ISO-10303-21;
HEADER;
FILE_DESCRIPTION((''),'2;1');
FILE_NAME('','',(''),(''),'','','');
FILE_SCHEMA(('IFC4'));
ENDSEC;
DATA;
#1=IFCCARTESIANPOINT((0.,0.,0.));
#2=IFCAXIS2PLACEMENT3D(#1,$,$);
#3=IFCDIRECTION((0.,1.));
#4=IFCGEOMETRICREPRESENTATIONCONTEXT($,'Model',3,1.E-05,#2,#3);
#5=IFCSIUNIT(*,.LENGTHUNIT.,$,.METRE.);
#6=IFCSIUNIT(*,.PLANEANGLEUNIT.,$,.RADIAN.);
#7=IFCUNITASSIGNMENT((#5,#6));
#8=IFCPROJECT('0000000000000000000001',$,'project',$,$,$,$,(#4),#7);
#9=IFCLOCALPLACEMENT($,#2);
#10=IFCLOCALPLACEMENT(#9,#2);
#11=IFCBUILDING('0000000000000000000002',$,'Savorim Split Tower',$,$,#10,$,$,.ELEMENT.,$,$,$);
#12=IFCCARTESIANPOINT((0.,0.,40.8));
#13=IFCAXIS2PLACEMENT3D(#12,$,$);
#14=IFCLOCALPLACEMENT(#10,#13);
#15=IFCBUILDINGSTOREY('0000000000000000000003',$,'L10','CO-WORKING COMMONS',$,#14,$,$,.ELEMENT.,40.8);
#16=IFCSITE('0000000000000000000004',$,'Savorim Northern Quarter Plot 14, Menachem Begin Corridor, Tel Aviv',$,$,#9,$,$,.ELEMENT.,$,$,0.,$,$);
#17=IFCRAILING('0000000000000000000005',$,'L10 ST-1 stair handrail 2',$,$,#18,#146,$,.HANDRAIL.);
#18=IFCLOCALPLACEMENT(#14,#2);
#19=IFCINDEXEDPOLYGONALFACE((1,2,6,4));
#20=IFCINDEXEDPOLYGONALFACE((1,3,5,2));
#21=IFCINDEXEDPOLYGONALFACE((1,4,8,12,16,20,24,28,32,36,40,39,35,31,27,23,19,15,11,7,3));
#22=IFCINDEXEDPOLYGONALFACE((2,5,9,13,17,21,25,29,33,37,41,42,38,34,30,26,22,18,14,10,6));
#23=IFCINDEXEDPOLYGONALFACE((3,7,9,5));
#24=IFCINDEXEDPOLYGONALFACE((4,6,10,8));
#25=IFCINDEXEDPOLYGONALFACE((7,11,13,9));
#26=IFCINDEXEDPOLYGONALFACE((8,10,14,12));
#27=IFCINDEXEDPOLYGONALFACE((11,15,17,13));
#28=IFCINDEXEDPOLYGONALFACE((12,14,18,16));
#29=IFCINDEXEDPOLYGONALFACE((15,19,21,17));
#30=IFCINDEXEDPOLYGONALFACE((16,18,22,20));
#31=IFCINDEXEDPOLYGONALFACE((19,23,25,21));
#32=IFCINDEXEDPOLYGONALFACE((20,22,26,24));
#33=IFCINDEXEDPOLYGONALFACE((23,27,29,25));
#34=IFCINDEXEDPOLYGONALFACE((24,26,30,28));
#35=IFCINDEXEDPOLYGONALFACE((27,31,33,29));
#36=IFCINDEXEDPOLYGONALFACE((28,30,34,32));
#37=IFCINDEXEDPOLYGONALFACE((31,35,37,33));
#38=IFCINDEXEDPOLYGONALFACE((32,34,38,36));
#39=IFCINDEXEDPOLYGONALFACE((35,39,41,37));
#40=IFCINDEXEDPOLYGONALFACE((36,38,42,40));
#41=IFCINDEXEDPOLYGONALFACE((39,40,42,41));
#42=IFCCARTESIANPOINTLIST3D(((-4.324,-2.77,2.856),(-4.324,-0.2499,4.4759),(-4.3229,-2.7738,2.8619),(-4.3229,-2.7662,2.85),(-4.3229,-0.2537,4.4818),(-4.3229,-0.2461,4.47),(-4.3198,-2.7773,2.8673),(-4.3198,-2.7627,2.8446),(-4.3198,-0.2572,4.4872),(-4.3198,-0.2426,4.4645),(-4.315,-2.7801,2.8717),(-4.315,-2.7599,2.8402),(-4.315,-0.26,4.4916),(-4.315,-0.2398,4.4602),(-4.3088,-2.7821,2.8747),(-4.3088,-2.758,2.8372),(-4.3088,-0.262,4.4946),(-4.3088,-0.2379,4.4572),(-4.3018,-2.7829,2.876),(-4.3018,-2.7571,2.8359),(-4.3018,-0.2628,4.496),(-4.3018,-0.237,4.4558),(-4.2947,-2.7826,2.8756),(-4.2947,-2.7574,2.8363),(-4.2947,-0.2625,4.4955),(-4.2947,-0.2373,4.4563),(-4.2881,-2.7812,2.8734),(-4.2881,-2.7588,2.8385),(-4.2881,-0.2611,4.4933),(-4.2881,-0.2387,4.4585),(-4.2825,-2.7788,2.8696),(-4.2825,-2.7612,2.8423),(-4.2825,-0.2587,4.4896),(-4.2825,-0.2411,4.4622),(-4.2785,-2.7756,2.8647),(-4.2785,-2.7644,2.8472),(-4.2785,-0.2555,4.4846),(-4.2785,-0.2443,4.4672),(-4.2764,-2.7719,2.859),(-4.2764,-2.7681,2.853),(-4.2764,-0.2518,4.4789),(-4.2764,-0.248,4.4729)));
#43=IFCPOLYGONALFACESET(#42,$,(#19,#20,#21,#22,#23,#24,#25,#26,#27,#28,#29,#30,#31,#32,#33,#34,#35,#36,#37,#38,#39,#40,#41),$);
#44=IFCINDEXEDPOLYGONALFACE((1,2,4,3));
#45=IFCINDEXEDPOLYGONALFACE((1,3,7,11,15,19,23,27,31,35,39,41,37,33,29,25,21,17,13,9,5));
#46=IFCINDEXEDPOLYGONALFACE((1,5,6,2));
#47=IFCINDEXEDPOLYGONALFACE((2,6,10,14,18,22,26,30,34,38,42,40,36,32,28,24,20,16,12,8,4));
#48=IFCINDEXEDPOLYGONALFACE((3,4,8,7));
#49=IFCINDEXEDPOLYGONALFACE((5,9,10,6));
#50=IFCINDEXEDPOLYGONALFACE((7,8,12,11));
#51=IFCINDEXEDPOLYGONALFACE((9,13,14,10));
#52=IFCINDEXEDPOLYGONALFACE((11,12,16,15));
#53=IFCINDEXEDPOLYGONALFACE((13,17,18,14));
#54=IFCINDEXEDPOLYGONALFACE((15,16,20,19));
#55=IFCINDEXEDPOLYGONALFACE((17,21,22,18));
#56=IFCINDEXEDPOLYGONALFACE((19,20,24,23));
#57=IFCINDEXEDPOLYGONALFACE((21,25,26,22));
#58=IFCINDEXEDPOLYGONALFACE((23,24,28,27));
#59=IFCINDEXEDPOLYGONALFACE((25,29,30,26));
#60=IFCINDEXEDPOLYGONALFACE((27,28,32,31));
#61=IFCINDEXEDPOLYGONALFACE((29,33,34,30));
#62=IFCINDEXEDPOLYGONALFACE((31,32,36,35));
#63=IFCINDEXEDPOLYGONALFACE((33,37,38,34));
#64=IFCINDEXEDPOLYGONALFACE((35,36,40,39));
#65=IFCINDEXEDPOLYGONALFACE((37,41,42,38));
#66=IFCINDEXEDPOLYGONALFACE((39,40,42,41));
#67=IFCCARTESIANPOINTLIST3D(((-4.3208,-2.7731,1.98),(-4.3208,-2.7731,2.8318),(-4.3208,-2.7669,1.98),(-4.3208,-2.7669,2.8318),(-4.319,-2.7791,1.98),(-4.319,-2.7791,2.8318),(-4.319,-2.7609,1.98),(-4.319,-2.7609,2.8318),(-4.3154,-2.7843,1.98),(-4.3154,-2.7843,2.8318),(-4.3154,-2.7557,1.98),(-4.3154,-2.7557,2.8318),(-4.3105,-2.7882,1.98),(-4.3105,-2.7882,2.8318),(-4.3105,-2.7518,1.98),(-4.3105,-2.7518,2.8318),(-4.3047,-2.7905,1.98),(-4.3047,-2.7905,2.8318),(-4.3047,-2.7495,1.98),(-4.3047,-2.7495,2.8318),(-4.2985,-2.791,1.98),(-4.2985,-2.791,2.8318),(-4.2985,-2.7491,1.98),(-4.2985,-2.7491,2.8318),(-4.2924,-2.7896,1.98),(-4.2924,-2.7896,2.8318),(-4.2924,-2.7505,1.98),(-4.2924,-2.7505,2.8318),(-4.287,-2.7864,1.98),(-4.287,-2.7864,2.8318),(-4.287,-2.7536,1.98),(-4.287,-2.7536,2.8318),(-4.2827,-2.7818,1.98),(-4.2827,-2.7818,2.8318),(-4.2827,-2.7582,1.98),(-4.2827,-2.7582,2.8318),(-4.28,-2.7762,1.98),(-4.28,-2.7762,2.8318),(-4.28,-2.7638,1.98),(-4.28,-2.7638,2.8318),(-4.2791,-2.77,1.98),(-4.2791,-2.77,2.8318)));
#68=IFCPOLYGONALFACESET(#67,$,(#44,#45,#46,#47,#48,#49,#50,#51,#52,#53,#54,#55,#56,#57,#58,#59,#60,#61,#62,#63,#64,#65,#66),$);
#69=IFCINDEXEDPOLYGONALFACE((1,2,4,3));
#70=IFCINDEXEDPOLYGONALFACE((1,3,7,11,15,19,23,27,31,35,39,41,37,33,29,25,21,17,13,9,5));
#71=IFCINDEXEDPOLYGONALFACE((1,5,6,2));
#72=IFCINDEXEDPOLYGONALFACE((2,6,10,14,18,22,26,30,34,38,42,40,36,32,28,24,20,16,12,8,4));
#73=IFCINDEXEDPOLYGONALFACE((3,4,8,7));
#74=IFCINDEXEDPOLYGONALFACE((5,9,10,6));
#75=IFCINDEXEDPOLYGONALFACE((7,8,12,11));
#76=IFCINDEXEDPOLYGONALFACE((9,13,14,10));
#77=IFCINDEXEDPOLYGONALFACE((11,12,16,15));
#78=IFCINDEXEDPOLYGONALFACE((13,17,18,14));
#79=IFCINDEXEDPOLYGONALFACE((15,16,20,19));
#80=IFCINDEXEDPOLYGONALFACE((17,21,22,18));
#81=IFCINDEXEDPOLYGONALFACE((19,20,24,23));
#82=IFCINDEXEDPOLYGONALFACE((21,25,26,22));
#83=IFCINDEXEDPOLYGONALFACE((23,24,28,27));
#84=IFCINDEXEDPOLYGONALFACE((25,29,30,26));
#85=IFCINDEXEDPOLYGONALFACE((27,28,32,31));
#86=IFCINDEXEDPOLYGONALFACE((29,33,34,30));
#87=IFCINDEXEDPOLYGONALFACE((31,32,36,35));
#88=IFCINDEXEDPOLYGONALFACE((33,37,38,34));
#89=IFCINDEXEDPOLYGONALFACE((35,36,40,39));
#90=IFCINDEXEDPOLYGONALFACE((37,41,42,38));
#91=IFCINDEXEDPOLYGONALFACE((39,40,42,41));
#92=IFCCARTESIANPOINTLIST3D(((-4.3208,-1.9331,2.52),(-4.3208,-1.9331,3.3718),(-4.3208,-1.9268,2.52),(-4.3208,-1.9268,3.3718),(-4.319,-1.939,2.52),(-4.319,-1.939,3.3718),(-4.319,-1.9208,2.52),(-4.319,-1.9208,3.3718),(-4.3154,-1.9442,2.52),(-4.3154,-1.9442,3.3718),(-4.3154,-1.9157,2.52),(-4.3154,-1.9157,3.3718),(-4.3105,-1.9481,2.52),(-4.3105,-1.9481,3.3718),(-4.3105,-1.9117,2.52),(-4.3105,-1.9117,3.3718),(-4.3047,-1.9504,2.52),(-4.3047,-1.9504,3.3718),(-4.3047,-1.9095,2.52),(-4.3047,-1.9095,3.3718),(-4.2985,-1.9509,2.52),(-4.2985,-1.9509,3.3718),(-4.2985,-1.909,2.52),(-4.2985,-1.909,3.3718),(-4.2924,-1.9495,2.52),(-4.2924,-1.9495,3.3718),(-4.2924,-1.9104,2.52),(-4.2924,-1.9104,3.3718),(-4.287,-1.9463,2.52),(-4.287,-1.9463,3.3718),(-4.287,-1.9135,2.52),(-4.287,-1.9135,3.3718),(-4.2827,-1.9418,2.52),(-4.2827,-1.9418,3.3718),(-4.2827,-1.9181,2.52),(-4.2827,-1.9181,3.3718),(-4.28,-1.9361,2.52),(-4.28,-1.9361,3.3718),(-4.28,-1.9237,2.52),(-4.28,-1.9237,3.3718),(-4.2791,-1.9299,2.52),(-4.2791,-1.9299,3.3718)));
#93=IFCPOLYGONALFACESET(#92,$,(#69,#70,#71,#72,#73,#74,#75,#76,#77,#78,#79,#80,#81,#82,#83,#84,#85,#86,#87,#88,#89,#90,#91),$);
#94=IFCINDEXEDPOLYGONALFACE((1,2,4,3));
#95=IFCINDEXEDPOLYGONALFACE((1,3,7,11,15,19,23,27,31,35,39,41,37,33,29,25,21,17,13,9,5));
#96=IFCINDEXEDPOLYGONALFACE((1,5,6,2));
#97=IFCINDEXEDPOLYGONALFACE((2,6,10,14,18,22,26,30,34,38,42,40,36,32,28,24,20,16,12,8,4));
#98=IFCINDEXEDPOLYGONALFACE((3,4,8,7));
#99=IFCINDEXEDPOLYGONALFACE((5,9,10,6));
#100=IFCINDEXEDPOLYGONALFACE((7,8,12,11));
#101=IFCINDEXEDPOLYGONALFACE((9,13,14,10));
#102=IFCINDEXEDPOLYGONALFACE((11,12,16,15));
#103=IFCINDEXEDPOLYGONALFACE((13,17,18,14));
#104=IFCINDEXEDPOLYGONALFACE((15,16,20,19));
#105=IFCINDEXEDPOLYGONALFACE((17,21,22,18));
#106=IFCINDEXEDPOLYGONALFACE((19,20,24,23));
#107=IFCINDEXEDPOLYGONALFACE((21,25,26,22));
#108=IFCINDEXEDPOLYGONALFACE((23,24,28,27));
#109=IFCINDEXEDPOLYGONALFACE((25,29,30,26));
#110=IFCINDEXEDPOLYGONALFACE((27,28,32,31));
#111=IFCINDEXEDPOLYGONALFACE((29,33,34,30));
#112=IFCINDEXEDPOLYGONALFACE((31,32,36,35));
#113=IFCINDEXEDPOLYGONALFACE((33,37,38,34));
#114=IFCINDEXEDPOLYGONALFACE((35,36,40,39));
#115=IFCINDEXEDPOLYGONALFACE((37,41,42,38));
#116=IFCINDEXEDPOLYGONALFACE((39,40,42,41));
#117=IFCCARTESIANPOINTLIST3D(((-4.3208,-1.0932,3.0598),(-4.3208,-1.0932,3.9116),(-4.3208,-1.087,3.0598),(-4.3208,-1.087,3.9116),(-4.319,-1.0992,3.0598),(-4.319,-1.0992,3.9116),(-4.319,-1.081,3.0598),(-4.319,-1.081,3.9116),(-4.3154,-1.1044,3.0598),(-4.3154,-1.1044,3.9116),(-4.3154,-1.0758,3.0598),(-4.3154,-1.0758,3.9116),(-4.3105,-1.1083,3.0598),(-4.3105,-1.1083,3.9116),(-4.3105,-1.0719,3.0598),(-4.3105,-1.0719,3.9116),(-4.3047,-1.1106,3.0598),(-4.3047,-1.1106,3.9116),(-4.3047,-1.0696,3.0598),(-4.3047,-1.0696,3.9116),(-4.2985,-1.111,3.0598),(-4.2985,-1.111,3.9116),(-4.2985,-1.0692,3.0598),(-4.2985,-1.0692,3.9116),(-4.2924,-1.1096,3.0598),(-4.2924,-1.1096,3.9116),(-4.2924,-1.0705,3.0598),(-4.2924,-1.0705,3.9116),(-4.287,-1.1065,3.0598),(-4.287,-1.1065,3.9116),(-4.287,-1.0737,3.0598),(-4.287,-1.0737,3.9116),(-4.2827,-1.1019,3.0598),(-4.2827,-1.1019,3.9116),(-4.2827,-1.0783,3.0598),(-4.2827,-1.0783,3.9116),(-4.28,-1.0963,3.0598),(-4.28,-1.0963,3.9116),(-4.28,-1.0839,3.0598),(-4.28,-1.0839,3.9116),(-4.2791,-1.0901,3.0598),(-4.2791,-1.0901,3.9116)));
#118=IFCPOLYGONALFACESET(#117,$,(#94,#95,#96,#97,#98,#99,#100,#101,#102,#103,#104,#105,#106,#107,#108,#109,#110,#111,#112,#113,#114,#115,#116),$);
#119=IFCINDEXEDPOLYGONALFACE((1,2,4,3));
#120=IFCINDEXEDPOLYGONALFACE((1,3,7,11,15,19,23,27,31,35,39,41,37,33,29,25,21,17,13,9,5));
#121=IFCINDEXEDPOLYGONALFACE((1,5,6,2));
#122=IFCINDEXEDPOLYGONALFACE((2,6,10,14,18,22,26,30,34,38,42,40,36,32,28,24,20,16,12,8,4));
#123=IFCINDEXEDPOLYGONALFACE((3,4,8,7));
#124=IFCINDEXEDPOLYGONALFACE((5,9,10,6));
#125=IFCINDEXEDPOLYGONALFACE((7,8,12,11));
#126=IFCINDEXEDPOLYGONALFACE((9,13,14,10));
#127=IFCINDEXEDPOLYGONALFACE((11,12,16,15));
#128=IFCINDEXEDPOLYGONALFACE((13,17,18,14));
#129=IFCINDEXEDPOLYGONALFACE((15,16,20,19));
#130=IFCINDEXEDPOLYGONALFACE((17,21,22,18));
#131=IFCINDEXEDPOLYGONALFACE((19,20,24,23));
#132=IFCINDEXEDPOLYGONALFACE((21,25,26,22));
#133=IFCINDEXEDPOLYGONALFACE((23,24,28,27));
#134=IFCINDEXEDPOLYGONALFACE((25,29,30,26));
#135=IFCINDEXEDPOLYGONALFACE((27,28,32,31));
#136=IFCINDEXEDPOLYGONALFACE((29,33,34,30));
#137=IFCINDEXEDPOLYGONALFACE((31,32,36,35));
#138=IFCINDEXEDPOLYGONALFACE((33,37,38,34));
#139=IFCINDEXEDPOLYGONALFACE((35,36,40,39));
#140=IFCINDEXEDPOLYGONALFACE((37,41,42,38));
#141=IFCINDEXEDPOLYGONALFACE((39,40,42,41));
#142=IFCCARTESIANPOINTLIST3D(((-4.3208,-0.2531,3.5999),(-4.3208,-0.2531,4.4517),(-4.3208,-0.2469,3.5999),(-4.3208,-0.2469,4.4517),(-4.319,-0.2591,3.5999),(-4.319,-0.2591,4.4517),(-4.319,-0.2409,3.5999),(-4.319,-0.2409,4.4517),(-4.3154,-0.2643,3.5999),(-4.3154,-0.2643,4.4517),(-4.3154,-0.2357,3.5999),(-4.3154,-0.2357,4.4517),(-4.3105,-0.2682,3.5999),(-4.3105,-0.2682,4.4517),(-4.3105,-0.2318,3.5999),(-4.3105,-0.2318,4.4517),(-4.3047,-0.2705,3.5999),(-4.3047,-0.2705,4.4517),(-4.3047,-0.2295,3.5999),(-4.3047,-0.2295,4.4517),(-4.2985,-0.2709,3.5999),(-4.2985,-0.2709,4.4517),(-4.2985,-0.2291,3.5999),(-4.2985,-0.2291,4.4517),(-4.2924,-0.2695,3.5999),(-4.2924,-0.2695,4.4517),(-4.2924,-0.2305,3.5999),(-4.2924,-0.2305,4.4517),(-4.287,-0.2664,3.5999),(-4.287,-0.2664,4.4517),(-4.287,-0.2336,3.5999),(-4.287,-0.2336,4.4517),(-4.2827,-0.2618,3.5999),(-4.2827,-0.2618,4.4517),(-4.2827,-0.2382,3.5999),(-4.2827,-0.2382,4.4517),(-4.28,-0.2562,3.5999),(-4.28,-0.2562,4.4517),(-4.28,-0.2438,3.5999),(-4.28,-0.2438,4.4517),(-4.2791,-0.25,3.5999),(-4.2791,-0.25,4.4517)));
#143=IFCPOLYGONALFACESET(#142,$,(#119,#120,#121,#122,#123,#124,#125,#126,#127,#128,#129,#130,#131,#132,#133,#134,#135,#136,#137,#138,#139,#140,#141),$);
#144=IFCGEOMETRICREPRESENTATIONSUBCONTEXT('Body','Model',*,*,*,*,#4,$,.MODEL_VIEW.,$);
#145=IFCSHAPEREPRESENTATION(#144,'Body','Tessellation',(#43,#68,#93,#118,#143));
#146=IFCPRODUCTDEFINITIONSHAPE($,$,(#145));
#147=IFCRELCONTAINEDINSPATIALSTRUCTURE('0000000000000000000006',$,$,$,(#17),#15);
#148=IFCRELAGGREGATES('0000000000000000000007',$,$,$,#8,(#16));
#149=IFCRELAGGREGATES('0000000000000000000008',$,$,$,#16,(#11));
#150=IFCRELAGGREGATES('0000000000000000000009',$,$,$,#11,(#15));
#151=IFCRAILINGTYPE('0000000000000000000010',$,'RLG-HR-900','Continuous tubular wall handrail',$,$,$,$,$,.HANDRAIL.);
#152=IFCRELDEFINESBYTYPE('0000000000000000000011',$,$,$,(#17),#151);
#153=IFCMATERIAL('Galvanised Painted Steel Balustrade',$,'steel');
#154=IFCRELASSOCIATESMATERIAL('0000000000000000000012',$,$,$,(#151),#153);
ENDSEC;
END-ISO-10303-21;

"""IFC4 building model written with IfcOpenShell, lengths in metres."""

from ifc_helpers import new_model, si_unit, direction, frame, origin, origin_2d, place, context, subcontext, project, spatial, circle, extrude, material, type_object, element, save


model = new_model("IFC4")

# Units and contexts
model_context = context("Model", 3, precision=1e-05, world=origin(), true_north=direction((0.0, 1.0)))
body_context = subcontext(model_context, "Body", "Model", "MODEL_VIEW")
ifc_project = project(units=[si_unit("LENGTHUNIT", "METRE"), si_unit("PLANEANGLEUNIT", "RADIAN")], contexts=[model_context])

# Site, building, storey
site_placement = place(None, origin())
site = spatial("IfcSite", under=ifc_project, at=site_placement, Name="Savorim Northern Quarter Plot 14, Menachem Begin Corridor, Tel Aviv", CompositionType="ELEMENT", RefElevation=0.0)
building_placement = place(site_placement, origin())
building = spatial("IfcBuilding", under=site, at=building_placement, Name="Savorim Split Tower", CompositionType="ELEMENT")
storey_placement = place(building_placement, frame((0.0, 0.0, 40.8)))
storey = spatial("IfcBuildingStorey", under=building, at=storey_placement, Name="L10", Description="CO-WORKING COMMONS", CompositionType="ELEMENT", Elevation=40.8)

# Railing
ifc_material_1 = material(Name="Galvanised Painted Steel Balustrade", Category="steel")
railing_type_1 = type_object("IfcRailingType", Name="RLG-HR-900", Description="Continuous tubular wall handrail", PredefinedType="HANDRAIL", material=ifc_material_1)
railing_1_placement = place(storey_placement, frame((-4.3, -2.77, 1.98)))
element("IfcRailing", 1, at=railing_1_placement, inside=storey, type_object=railing_type_1, Name="L10 ST-1 stair handrail 2", PredefinedType="HANDRAIL", context=body_context, shape_type="SweptSolid", body=[
    extrude(circle(Radius=0.0239, at=origin_2d()), frame((0.0, 0.0, 0.876), z_axis=(0.0, 0.8412, 0.540725), x_axis=(-1.0, 0.0, 0.0)), (0.0, 0.0, 1.0), 2.9958),
    extrude(circle(Radius=0.021, at=origin_2d()), origin(), (0.0, 0.0, 1.0), 0.8518),
    extrude(circle(Radius=0.021, at=origin_2d()), frame((0.0, 0.8401, 0.54)), (0.0, 0.0, 1.0), 0.8518),
    extrude(circle(Radius=0.021, at=origin_2d()), frame((0.0, 1.6799, 1.0798)), (0.0, 0.0, 1.0), 0.8518),
    extrude(circle(Radius=0.021, at=origin_2d()), frame((0.0, 2.52, 1.6199)), (0.0, 0.0, 1.0), 0.8518),
])

save(model, "model.ifc")
